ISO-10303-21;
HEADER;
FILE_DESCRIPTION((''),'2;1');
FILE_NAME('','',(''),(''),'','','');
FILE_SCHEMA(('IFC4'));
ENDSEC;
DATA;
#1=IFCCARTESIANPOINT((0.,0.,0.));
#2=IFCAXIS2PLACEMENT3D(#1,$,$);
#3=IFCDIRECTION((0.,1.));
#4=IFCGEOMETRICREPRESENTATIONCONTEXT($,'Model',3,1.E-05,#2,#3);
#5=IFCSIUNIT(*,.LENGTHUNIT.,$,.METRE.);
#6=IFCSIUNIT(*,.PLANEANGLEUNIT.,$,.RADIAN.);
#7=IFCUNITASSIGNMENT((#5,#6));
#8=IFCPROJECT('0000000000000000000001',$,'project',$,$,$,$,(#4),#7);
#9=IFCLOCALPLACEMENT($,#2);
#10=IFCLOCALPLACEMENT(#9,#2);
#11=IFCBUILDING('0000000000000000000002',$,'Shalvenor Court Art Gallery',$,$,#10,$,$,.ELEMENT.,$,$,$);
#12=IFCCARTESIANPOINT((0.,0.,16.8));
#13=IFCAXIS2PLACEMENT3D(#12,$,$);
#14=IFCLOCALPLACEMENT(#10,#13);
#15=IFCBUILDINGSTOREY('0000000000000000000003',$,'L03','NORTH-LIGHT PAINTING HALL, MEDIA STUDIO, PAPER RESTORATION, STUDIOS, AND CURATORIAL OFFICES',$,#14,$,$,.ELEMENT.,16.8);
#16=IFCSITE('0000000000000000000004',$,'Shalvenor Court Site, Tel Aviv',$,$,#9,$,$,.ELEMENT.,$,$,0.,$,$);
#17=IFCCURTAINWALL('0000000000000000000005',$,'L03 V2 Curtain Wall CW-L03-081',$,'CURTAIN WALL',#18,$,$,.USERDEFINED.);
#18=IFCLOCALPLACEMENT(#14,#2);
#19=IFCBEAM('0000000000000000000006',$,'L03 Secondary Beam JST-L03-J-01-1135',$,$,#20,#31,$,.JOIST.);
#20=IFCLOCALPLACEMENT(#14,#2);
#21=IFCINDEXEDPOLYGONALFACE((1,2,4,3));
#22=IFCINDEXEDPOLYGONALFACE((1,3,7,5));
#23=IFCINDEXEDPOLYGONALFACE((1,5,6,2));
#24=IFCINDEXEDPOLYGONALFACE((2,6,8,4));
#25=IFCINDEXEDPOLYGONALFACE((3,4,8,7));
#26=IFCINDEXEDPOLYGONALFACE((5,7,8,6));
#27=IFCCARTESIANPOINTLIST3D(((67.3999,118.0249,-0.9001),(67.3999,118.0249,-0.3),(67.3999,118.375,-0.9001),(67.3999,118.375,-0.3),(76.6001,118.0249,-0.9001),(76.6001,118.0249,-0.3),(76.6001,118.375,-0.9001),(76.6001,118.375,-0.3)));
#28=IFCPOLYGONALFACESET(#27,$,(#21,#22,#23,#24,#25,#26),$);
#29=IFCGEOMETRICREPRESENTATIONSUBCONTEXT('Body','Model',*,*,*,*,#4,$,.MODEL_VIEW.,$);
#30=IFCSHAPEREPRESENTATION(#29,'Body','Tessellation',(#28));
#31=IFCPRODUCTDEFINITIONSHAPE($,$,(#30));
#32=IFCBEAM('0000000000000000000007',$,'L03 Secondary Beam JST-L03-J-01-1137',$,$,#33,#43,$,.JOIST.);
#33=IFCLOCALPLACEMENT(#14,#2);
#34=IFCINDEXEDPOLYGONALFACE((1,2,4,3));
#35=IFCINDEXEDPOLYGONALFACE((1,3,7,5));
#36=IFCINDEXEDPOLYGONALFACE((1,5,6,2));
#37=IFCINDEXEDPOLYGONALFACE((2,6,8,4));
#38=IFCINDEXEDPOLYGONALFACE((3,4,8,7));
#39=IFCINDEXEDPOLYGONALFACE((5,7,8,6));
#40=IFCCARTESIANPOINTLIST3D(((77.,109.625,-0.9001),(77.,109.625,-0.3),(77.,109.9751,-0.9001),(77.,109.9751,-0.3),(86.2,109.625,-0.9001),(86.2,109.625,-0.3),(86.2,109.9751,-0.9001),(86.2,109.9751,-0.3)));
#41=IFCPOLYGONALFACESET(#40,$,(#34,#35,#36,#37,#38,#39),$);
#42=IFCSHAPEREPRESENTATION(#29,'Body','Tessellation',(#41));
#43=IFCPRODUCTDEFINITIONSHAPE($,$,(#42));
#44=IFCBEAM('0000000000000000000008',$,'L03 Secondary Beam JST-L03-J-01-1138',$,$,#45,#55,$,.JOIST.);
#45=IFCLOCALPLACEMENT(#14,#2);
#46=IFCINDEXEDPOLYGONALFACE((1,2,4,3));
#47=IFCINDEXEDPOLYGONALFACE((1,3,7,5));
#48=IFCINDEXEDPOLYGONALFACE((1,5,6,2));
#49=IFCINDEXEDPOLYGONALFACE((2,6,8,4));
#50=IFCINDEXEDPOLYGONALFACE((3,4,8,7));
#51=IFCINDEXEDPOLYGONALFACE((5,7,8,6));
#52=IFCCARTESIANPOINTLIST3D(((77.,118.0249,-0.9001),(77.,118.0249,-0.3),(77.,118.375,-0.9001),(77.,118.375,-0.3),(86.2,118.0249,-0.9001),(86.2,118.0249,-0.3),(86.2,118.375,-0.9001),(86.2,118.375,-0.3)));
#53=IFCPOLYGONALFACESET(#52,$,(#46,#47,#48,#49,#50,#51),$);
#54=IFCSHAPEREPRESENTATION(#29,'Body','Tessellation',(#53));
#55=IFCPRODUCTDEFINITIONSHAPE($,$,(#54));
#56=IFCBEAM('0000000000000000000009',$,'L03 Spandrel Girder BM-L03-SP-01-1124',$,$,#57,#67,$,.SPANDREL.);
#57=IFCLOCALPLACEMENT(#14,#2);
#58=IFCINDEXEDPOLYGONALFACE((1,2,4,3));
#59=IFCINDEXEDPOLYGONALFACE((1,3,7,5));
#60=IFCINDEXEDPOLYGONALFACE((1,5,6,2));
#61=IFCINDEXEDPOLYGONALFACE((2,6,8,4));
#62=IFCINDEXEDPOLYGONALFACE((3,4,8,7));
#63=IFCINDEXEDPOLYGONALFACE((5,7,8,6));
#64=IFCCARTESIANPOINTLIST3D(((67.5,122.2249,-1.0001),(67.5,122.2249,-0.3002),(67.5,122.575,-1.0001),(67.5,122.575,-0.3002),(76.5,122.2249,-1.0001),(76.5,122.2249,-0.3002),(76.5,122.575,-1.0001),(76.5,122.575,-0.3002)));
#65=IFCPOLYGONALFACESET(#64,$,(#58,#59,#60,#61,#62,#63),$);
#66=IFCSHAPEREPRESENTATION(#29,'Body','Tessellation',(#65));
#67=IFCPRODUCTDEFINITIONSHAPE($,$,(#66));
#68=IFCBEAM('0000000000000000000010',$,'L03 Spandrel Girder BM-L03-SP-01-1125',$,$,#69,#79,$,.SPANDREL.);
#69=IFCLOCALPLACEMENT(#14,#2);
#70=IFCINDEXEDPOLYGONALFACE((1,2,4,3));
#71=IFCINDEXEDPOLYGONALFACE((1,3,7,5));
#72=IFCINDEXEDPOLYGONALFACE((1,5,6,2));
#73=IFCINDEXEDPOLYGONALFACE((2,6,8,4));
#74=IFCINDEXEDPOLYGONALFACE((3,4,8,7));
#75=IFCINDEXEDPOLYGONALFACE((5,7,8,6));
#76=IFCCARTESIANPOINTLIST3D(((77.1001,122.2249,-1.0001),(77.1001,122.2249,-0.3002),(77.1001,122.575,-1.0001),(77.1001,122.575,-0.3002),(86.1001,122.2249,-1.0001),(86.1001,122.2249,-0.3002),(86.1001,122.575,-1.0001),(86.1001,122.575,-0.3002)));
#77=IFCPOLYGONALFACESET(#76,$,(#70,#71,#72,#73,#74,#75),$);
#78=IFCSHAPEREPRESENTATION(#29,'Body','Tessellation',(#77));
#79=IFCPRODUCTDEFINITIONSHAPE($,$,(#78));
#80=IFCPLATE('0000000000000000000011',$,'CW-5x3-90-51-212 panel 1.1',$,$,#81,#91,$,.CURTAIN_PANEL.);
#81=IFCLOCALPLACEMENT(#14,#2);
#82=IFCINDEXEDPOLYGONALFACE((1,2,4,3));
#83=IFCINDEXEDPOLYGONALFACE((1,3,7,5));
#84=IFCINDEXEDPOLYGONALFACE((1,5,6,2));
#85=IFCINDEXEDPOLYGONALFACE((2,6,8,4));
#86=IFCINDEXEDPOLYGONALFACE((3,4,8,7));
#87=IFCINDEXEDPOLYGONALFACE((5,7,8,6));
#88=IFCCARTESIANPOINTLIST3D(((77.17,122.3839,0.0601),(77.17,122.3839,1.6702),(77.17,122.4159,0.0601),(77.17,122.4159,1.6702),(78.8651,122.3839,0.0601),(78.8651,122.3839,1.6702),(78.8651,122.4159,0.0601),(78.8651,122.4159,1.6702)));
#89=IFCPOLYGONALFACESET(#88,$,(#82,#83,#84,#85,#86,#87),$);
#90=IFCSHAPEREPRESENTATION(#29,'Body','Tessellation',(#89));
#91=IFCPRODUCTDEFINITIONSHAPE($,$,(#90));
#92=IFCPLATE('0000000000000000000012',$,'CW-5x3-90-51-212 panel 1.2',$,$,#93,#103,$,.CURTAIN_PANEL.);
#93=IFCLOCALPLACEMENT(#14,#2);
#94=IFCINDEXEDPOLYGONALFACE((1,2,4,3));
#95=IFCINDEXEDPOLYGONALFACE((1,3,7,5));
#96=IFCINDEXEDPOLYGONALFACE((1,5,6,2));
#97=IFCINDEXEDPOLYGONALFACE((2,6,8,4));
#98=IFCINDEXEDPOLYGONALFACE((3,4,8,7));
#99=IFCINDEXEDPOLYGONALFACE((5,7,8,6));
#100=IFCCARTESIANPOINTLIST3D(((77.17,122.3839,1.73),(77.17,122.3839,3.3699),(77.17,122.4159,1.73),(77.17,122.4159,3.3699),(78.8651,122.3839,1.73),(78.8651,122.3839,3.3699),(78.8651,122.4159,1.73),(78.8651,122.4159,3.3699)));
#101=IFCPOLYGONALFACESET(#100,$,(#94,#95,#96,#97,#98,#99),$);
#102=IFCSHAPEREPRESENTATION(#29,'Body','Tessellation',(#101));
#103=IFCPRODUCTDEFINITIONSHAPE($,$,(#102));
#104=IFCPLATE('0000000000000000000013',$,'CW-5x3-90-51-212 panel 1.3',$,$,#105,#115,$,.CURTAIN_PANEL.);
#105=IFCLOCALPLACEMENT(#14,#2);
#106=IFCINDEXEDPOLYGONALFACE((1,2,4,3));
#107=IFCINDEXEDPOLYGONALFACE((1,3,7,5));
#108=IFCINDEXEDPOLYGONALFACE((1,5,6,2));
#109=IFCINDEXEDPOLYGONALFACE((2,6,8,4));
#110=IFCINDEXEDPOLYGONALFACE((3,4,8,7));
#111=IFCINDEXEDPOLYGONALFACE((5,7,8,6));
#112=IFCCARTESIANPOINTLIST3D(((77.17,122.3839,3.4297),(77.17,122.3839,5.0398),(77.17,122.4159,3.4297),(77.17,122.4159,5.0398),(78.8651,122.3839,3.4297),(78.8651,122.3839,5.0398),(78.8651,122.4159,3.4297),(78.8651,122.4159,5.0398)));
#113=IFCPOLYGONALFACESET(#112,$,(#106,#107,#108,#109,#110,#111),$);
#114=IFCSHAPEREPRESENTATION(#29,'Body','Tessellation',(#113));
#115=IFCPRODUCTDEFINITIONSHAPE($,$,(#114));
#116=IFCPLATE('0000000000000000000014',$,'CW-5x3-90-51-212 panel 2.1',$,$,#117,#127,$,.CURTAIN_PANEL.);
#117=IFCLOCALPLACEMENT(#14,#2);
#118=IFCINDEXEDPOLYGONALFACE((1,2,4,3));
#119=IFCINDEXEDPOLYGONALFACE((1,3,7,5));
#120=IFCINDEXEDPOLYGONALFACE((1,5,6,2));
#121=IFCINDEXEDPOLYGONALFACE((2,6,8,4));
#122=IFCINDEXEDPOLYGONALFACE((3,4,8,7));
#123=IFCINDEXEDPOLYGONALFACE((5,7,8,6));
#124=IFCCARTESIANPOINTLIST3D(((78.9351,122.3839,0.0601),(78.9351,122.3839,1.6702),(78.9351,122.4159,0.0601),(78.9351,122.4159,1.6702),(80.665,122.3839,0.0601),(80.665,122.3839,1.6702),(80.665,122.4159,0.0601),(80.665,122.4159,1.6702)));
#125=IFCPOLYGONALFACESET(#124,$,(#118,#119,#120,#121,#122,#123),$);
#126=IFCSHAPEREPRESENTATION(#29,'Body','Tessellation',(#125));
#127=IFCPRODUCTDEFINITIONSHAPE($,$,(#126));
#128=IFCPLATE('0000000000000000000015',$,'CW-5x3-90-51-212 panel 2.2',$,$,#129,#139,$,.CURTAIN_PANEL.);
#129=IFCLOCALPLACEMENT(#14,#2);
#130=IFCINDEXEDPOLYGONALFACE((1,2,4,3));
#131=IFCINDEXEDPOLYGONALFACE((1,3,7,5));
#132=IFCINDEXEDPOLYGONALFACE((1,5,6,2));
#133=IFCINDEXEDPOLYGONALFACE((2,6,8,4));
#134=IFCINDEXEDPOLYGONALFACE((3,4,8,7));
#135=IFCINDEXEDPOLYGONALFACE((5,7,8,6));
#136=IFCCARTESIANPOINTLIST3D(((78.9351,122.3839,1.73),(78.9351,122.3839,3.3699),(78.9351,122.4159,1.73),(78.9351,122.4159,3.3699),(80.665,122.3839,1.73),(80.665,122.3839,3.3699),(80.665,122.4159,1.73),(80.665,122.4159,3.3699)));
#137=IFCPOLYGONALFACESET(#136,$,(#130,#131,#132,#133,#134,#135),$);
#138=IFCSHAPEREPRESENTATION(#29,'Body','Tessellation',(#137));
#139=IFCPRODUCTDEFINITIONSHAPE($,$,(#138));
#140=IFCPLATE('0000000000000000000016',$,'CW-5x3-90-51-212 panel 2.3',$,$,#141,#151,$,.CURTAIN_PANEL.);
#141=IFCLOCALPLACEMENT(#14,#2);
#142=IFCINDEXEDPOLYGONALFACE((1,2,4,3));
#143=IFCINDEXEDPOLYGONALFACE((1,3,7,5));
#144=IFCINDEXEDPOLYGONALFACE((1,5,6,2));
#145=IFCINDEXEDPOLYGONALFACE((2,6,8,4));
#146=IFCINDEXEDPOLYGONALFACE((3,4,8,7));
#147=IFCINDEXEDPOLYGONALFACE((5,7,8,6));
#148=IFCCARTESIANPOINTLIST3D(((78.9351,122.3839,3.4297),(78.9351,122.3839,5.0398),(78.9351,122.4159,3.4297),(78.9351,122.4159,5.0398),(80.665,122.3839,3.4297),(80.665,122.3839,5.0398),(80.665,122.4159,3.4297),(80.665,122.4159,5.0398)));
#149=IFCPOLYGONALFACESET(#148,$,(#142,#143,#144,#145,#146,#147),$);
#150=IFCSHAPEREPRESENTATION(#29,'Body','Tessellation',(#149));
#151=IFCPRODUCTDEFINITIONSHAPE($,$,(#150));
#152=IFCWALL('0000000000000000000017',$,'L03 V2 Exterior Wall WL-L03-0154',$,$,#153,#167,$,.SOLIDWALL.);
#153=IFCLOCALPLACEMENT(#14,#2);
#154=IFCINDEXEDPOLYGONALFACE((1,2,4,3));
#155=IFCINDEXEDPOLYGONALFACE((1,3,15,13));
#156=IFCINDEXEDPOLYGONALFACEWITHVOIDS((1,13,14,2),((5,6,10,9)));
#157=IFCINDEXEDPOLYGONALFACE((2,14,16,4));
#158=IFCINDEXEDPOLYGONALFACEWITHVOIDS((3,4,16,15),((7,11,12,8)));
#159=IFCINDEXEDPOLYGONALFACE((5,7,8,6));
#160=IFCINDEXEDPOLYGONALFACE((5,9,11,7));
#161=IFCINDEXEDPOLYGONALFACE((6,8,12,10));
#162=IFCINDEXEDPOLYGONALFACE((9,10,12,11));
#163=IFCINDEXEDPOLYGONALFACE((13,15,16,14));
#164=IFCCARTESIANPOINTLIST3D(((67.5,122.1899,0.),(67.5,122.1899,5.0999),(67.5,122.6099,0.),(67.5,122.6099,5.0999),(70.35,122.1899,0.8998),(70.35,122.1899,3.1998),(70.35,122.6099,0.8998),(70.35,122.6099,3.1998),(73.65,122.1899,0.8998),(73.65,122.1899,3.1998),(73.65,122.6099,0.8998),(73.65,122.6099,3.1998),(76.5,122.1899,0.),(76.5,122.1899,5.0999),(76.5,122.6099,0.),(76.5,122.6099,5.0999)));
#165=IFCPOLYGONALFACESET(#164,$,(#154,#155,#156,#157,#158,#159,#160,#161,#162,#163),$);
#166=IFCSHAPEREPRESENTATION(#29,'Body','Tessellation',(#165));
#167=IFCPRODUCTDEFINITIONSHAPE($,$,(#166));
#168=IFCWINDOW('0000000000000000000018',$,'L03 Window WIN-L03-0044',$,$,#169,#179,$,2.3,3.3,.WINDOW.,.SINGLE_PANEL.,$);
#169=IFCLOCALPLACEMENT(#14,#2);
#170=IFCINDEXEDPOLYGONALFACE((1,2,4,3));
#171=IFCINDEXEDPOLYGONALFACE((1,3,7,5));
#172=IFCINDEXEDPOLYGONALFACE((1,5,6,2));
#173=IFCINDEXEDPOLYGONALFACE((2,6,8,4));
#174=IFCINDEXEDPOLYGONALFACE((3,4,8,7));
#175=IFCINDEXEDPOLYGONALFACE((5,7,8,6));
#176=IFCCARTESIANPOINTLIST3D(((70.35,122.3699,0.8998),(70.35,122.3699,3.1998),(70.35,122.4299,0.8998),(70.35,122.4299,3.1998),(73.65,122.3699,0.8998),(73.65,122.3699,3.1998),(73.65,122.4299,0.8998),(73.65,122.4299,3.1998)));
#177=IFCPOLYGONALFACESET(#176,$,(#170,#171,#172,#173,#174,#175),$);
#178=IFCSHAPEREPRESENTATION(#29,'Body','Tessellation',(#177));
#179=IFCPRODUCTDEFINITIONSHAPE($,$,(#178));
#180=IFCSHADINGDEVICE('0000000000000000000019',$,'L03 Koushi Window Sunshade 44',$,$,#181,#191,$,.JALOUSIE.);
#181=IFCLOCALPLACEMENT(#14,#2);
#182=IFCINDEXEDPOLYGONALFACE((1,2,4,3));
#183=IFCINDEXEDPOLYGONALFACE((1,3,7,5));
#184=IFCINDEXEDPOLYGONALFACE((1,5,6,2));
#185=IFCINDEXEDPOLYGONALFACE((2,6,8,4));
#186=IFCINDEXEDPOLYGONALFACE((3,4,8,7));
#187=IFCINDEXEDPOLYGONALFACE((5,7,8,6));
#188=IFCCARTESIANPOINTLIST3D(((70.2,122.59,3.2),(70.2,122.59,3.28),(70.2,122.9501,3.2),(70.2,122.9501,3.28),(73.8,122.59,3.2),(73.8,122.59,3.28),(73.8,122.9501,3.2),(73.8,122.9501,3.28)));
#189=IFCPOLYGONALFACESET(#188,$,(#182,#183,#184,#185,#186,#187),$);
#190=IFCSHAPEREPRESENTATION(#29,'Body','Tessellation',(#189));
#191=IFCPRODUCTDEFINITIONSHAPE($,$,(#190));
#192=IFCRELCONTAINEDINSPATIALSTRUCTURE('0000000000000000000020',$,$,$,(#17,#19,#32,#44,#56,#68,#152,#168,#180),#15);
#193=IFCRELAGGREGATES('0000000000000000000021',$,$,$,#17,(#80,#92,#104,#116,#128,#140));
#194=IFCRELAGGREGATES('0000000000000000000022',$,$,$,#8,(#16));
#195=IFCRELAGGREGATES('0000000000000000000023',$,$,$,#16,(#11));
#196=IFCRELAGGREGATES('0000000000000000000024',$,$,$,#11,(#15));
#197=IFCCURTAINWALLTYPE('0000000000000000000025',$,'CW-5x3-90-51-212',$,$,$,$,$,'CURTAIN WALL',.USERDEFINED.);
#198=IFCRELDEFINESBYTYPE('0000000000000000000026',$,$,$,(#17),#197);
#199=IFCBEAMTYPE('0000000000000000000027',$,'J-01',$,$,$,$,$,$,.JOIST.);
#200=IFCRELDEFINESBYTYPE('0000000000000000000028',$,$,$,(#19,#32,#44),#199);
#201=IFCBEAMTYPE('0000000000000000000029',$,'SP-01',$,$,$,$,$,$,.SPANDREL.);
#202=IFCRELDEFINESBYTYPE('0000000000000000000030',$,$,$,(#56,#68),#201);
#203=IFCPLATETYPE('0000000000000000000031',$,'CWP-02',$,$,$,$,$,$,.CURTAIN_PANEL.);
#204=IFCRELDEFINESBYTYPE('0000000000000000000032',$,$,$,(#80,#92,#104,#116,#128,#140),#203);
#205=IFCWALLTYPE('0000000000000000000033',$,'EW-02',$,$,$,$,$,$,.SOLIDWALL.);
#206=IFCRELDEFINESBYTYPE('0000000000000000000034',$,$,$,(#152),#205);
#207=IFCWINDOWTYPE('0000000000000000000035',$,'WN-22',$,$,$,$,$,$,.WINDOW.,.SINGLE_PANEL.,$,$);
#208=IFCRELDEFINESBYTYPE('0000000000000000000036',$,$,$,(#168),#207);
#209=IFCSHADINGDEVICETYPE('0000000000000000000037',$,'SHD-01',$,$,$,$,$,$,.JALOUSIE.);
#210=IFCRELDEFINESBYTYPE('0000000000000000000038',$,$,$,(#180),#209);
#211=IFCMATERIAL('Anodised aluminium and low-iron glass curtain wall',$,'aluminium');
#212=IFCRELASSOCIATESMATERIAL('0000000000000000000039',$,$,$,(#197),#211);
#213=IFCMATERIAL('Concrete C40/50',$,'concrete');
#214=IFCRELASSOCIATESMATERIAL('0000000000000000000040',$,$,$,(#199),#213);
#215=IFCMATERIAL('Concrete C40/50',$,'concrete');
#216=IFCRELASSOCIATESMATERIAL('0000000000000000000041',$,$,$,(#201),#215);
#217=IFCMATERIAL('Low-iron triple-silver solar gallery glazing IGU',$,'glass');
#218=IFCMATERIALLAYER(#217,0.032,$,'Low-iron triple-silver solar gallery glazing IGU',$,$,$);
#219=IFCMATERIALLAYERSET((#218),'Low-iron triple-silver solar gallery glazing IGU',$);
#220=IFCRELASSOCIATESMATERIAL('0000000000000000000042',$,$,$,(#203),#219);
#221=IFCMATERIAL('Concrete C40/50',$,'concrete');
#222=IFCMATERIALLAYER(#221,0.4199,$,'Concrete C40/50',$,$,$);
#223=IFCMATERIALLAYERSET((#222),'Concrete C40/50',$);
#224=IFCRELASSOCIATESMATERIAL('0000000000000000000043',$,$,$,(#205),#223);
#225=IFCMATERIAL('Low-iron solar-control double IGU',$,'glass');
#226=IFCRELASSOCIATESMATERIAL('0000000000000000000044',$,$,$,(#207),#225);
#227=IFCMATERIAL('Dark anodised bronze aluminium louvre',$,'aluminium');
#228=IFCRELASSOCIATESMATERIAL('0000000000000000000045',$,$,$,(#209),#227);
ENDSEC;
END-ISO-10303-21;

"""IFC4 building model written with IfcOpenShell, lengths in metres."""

from ifc_helpers import new_model, si_unit, direction, frame, frame_2d, origin, origin_2d, place, context, subcontext, project, spatial, rectangle, extrude, material, layer, layer_set, material_profile, profile_set, type_object, element, fill, aggregate, save


model = new_model("IFC4")

# Units and contexts
model_context = context("Model", 3, precision=1e-05, world=origin(), true_north=direction((0.0, 1.0)))
body_context = subcontext(model_context, "Body", "Model", "MODEL_VIEW")
ifc_project = project(units=[si_unit("LENGTHUNIT", "METRE"), si_unit("PLANEANGLEUNIT", "RADIAN")], contexts=[model_context])

# Site, building, storey
site_placement = place(None, origin())
site = spatial("IfcSite", under=ifc_project, at=site_placement, Name="Shalvenor Court Site, Tel Aviv", CompositionType="ELEMENT", RefElevation=0.0)
building_placement = place(site_placement, origin())
building = spatial("IfcBuilding", under=site, at=building_placement, Name="Shalvenor Court Art Gallery", CompositionType="ELEMENT")
storey_placement = place(building_placement, frame((0.0, 0.0, 16.8)))
storey = spatial("IfcBuildingStorey", under=building, at=storey_placement, Name="L03", Description="NORTH-LIGHT PAINTING HALL, MEDIA STUDIO, PAPER RESTORATION, STUDIOS, AND CURATORIAL OFFICES", CompositionType="ELEMENT", Elevation=16.8)

# Curtain wall
ifc_material_1 = material(Name="Anodised aluminium and low-iron glass curtain wall", Category="aluminium")
curtain_wall_type_1 = type_object("IfcCurtainWallType", Name="CW-5x3-90-51-212", ElementType="CURTAIN WALL", PredefinedType="USERDEFINED", material=ifc_material_1)
curtain_wall_1_placement = place(storey_placement, origin())
curtain_wall_1 = element("IfcCurtainWall", 1, at=curtain_wall_1_placement, inside=storey, type_object=curtain_wall_type_1, Name="L03 V2 Curtain Wall CW-L03-081", ObjectType="CURTAIN WALL", PredefinedType="USERDEFINED")

# Beams
ifc_material_2 = material(Name="Concrete C40/50", Category="concrete")
ifc_material_profile_1 = material_profile(ifc_material_2, rectangle(XDim=0.3501, YDim=0.6001, at=origin_2d()), Name="RC 350x600")
ifc_profile_set_1 = profile_set([ifc_material_profile_1], Name="Concrete C40/50")
beam_type_1 = type_object("IfcBeamType", Name="J-01", PredefinedType="JOIST", material=ifc_profile_set_1)
for number, where, z_axis, x_axis, name in (
    (2, (67.3999, 118.2, -0.6001), (1.0, 0.0, 0.0), (0.0, 1.0, 0.0), "L03 Secondary Beam JST-L03-J-01-1135"),
):
    element("IfcBeam", number, at=place(storey_placement, frame(where, z_axis=z_axis, x_axis=x_axis)), inside=storey, type_object=beam_type_1, Name=name, PredefinedType="JOIST", context=body_context, shape_type="SweptSolid", body=[
        extrude(rectangle(XDim=0.3501, YDim=0.6001, at=origin_2d()), origin(), (0.0, 0.0, 1.0), 9.2002),
    ])
for number, where, z_axis, x_axis, name in (
    (3, (77.0, 109.8, -0.6001), (1.0, 0.0, 0.0), (0.0, 1.0, 0.0), "L03 Secondary Beam JST-L03-J-01-1137"),
    (4, (77.0, 118.2, -0.6001), (1.0, 0.0, 0.0), (0.0, 1.0, 0.0), "L03 Secondary Beam JST-L03-J-01-1138"),
):
    element("IfcBeam", number, at=place(storey_placement, frame(where, z_axis=z_axis, x_axis=x_axis)), inside=storey, type_object=beam_type_1, Name=name, PredefinedType="JOIST", context=body_context, shape_type="SweptSolid", body=[
        extrude(rectangle(XDim=0.3501, YDim=0.6001, at=origin_2d()), origin(), (0.0, 0.0, 1.0), 9.2),
    ])
ifc_material_3 = material(Name="Concrete C40/50", Category="concrete")
ifc_material_profile_2 = material_profile(ifc_material_3, rectangle(XDim=0.3501, YDim=0.7, at=origin_2d()), Name="RC 350x700")
ifc_profile_set_2 = profile_set([ifc_material_profile_2], Name="Concrete C40/50")
beam_type_2 = type_object("IfcBeamType", Name="SP-01", PredefinedType="SPANDREL", material=ifc_profile_set_2)
for number, where, z_axis, x_axis, name in (
    (5, (67.5, 122.3999, -0.6501), (1.0, 0.0, 0.0), (0.0, 1.0, 0.0), "L03 Spandrel Girder BM-L03-SP-01-1124"),
    (6, (77.1001, 122.3999, -0.6501), (1.0, 0.0, 0.0), (0.0, 1.0, 0.0), "L03 Spandrel Girder BM-L03-SP-01-1125"),
):
    element("IfcBeam", number, at=place(storey_placement, frame(where, z_axis=z_axis, x_axis=x_axis)), inside=storey, type_object=beam_type_2, Name=name, PredefinedType="SPANDREL", context=body_context, shape_type="SweptSolid", body=[
        extrude(rectangle(XDim=0.3501, YDim=0.7, at=origin_2d()), origin(), (0.0, 0.0, 1.0), 9.0),
    ])

# Plates
ifc_material_4 = material(Name="Low-iron triple-silver solar gallery glazing IGU", Category="glass")
ifc_layer_1 = layer(ifc_material_4, 0.032, Name="Low-iron triple-silver solar gallery glazing IGU")
ifc_layer_set_1 = layer_set([ifc_layer_1], Name="Low-iron triple-silver solar gallery glazing IGU")
plate_type = type_object("IfcPlateType", Name="CWP-02", PredefinedType="CURTAIN_PANEL", material=ifc_layer_set_1)
plate_1_placement = place(storey_placement, frame((78.0176, 122.3999, 0.0601), z_axis=(0.0, 0.0, 1.0), x_axis=(1.0, 0.0, 0.0)))
plate_1 = element("IfcPlate", 7, at=plate_1_placement, type_object=plate_type, Name="CW-5x3-90-51-212 panel 1.1", PredefinedType="CURTAIN_PANEL", context=body_context, shape_type="SweptSolid", body=[
    extrude(rectangle(XDim=1.6951, YDim=0.032, at=origin_2d()), origin(), (0.0, 0.0, 1.0), 1.6101),
])
plate_2_placement = place(storey_placement, frame((78.0176, 122.3999, 1.73), z_axis=(0.0, 0.0, 1.0), x_axis=(1.0, 0.0, 0.0)))
plate_2 = element("IfcPlate", 8, at=plate_2_placement, type_object=plate_type, Name="CW-5x3-90-51-212 panel 1.2", PredefinedType="CURTAIN_PANEL", context=body_context, shape_type="SweptSolid", body=[
    extrude(rectangle(XDim=1.6951, YDim=0.032, at=origin_2d()), origin(), (0.0, 0.0, 1.0), 1.6399),
])
plate_3_placement = place(storey_placement, frame((78.0176, 122.3999, 3.4297), z_axis=(0.0, 0.0, 1.0), x_axis=(1.0, 0.0, 0.0)))
plate_3 = element("IfcPlate", 9, at=plate_3_placement, type_object=plate_type, Name="CW-5x3-90-51-212 panel 1.3", PredefinedType="CURTAIN_PANEL", context=body_context, shape_type="SweptSolid", body=[
    extrude(rectangle(XDim=1.6951, YDim=0.032, at=origin_2d()), origin(), (0.0, 0.0, 1.0), 1.6101),
])
plate_4_placement = place(storey_placement, frame((79.8, 122.3999, 0.0601), z_axis=(0.0, 0.0, 1.0), x_axis=(1.0, 0.0, 0.0)))
plate_4 = element("IfcPlate", 10, at=plate_4_placement, type_object=plate_type, Name="CW-5x3-90-51-212 panel 2.1", PredefinedType="CURTAIN_PANEL", context=body_context, shape_type="SweptSolid", body=[
    extrude(rectangle(XDim=1.73, YDim=0.032, at=origin_2d()), origin(), (0.0, 0.0, 1.0), 1.6101),
])
plate_5_placement = place(storey_placement, frame((79.8, 122.3999, 1.73), z_axis=(0.0, 0.0, 1.0), x_axis=(1.0, 0.0, 0.0)))
plate_5 = element("IfcPlate", 11, at=plate_5_placement, type_object=plate_type, Name="CW-5x3-90-51-212 panel 2.2", PredefinedType="CURTAIN_PANEL", context=body_context, shape_type="SweptSolid", body=[
    extrude(rectangle(XDim=1.73, YDim=0.032, at=origin_2d()), origin(), (0.0, 0.0, 1.0), 1.6399),
])
plate_6_placement = place(storey_placement, frame((79.8, 122.3999, 3.4297), z_axis=(0.0, 0.0, 1.0), x_axis=(1.0, 0.0, 0.0)))
plate_6 = element("IfcPlate", 12, at=plate_6_placement, type_object=plate_type, Name="CW-5x3-90-51-212 panel 2.3", PredefinedType="CURTAIN_PANEL", context=body_context, shape_type="SweptSolid", body=[
    extrude(rectangle(XDim=1.73, YDim=0.032, at=origin_2d()), origin(), (0.0, 0.0, 1.0), 1.6101),
])
aggregate(curtain_wall_1, [plate_1, plate_2, plate_3, plate_4, plate_5, plate_6])

# Wall, opening, window
ifc_material_5 = material(Name="Concrete C40/50", Category="concrete")
ifc_layer_2 = layer(ifc_material_5, 0.4199, Name="Concrete C40/50")
ifc_layer_set_2 = layer_set([ifc_layer_2], Name="Concrete C40/50")
wall_type = type_object("IfcWallType", Name="EW-02", PredefinedType="SOLIDWALL", material=ifc_layer_set_2)
wall_placement = place(storey_placement, frame((67.5, 122.3999, 0.0), z_axis=(0.0, 0.0, 1.0), x_axis=(1.0, 0.0, 0.0)))
wall = element("IfcWall", 13, at=wall_placement, inside=storey, type_object=wall_type, Name="L03 V2 Exterior Wall WL-L03-0154", PredefinedType="SOLIDWALL", context=body_context, shape_type="SweptSolid", body=[
    extrude(rectangle(XDim=9.0, YDim=0.4199, at=frame_2d((4.5, 0.0))), origin(), (0.0, 0.0, 1.0), 5.0999),
])
opening_placement = place(wall_placement, frame((2.8501, 0.0, 0.8999)))
opening = element("IfcOpeningElement", 14, at=opening_placement, cuts=wall, PredefinedType="OPENING", context=body_context, shape_type="SweptSolid", body=[
    extrude(rectangle(XDim=3.3, YDim=2.3, at=frame_2d((1.6499, 1.1499))), frame((0.0, 0.22, 0.0), z_axis=(0.0, -1.0, 0.0), x_axis=(1.0, 0.0, 0.0)), (0.0, 0.0, 1.0), 0.4399),
])
ifc_material_6 = material(Name="Low-iron solar-control double IGU", Category="glass")
window_type = type_object("IfcWindowType", Name="WN-22", PartitioningType="SINGLE_PANEL", PredefinedType="WINDOW", material=ifc_material_6)
window_placement = place(opening_placement, origin())
window = element("IfcWindow", 15, at=window_placement, inside=storey, type_object=window_type, Name="L03 Window WIN-L03-0044", OverallHeight=2.3, OverallWidth=3.3, PartitioningType="SINGLE_PANEL", PredefinedType="WINDOW", context=body_context, shape_type="SweptSolid", body=[
    extrude(rectangle(XDim=3.3, YDim=2.3, at=frame_2d((1.6499, 1.1499))), frame((0.0, 0.03, 0.0), z_axis=(0.0, -1.0, 0.0), x_axis=(1.0, 0.0, 0.0)), (0.0, 0.0, 1.0), 0.0601),
])
fill(opening, window)

# Shading device
ifc_material_7 = material(Name="Dark anodised bronze aluminium louvre", Category="aluminium")
shading_device_type = type_object("IfcShadingDeviceType", Name="SHD-01", PredefinedType="JALOUSIE", material=ifc_material_7)
shading_device_placement = place(storey_placement, frame((72.0, 122.77, 3.2), z_axis=(0.0, 0.0, 1.0), x_axis=(1.0, 0.0, 0.0)))
element("IfcShadingDevice", 16, at=shading_device_placement, inside=storey, type_object=shading_device_type, Name="L03 Koushi Window Sunshade 44", PredefinedType="JALOUSIE", context=body_context, shape_type="SweptSolid", body=[
    extrude(rectangle(XDim=3.6001, YDim=0.3601, at=origin_2d()), origin(), (0.0, 0.0, 1.0), 0.0801),
])

save(model, "model.ifc")
